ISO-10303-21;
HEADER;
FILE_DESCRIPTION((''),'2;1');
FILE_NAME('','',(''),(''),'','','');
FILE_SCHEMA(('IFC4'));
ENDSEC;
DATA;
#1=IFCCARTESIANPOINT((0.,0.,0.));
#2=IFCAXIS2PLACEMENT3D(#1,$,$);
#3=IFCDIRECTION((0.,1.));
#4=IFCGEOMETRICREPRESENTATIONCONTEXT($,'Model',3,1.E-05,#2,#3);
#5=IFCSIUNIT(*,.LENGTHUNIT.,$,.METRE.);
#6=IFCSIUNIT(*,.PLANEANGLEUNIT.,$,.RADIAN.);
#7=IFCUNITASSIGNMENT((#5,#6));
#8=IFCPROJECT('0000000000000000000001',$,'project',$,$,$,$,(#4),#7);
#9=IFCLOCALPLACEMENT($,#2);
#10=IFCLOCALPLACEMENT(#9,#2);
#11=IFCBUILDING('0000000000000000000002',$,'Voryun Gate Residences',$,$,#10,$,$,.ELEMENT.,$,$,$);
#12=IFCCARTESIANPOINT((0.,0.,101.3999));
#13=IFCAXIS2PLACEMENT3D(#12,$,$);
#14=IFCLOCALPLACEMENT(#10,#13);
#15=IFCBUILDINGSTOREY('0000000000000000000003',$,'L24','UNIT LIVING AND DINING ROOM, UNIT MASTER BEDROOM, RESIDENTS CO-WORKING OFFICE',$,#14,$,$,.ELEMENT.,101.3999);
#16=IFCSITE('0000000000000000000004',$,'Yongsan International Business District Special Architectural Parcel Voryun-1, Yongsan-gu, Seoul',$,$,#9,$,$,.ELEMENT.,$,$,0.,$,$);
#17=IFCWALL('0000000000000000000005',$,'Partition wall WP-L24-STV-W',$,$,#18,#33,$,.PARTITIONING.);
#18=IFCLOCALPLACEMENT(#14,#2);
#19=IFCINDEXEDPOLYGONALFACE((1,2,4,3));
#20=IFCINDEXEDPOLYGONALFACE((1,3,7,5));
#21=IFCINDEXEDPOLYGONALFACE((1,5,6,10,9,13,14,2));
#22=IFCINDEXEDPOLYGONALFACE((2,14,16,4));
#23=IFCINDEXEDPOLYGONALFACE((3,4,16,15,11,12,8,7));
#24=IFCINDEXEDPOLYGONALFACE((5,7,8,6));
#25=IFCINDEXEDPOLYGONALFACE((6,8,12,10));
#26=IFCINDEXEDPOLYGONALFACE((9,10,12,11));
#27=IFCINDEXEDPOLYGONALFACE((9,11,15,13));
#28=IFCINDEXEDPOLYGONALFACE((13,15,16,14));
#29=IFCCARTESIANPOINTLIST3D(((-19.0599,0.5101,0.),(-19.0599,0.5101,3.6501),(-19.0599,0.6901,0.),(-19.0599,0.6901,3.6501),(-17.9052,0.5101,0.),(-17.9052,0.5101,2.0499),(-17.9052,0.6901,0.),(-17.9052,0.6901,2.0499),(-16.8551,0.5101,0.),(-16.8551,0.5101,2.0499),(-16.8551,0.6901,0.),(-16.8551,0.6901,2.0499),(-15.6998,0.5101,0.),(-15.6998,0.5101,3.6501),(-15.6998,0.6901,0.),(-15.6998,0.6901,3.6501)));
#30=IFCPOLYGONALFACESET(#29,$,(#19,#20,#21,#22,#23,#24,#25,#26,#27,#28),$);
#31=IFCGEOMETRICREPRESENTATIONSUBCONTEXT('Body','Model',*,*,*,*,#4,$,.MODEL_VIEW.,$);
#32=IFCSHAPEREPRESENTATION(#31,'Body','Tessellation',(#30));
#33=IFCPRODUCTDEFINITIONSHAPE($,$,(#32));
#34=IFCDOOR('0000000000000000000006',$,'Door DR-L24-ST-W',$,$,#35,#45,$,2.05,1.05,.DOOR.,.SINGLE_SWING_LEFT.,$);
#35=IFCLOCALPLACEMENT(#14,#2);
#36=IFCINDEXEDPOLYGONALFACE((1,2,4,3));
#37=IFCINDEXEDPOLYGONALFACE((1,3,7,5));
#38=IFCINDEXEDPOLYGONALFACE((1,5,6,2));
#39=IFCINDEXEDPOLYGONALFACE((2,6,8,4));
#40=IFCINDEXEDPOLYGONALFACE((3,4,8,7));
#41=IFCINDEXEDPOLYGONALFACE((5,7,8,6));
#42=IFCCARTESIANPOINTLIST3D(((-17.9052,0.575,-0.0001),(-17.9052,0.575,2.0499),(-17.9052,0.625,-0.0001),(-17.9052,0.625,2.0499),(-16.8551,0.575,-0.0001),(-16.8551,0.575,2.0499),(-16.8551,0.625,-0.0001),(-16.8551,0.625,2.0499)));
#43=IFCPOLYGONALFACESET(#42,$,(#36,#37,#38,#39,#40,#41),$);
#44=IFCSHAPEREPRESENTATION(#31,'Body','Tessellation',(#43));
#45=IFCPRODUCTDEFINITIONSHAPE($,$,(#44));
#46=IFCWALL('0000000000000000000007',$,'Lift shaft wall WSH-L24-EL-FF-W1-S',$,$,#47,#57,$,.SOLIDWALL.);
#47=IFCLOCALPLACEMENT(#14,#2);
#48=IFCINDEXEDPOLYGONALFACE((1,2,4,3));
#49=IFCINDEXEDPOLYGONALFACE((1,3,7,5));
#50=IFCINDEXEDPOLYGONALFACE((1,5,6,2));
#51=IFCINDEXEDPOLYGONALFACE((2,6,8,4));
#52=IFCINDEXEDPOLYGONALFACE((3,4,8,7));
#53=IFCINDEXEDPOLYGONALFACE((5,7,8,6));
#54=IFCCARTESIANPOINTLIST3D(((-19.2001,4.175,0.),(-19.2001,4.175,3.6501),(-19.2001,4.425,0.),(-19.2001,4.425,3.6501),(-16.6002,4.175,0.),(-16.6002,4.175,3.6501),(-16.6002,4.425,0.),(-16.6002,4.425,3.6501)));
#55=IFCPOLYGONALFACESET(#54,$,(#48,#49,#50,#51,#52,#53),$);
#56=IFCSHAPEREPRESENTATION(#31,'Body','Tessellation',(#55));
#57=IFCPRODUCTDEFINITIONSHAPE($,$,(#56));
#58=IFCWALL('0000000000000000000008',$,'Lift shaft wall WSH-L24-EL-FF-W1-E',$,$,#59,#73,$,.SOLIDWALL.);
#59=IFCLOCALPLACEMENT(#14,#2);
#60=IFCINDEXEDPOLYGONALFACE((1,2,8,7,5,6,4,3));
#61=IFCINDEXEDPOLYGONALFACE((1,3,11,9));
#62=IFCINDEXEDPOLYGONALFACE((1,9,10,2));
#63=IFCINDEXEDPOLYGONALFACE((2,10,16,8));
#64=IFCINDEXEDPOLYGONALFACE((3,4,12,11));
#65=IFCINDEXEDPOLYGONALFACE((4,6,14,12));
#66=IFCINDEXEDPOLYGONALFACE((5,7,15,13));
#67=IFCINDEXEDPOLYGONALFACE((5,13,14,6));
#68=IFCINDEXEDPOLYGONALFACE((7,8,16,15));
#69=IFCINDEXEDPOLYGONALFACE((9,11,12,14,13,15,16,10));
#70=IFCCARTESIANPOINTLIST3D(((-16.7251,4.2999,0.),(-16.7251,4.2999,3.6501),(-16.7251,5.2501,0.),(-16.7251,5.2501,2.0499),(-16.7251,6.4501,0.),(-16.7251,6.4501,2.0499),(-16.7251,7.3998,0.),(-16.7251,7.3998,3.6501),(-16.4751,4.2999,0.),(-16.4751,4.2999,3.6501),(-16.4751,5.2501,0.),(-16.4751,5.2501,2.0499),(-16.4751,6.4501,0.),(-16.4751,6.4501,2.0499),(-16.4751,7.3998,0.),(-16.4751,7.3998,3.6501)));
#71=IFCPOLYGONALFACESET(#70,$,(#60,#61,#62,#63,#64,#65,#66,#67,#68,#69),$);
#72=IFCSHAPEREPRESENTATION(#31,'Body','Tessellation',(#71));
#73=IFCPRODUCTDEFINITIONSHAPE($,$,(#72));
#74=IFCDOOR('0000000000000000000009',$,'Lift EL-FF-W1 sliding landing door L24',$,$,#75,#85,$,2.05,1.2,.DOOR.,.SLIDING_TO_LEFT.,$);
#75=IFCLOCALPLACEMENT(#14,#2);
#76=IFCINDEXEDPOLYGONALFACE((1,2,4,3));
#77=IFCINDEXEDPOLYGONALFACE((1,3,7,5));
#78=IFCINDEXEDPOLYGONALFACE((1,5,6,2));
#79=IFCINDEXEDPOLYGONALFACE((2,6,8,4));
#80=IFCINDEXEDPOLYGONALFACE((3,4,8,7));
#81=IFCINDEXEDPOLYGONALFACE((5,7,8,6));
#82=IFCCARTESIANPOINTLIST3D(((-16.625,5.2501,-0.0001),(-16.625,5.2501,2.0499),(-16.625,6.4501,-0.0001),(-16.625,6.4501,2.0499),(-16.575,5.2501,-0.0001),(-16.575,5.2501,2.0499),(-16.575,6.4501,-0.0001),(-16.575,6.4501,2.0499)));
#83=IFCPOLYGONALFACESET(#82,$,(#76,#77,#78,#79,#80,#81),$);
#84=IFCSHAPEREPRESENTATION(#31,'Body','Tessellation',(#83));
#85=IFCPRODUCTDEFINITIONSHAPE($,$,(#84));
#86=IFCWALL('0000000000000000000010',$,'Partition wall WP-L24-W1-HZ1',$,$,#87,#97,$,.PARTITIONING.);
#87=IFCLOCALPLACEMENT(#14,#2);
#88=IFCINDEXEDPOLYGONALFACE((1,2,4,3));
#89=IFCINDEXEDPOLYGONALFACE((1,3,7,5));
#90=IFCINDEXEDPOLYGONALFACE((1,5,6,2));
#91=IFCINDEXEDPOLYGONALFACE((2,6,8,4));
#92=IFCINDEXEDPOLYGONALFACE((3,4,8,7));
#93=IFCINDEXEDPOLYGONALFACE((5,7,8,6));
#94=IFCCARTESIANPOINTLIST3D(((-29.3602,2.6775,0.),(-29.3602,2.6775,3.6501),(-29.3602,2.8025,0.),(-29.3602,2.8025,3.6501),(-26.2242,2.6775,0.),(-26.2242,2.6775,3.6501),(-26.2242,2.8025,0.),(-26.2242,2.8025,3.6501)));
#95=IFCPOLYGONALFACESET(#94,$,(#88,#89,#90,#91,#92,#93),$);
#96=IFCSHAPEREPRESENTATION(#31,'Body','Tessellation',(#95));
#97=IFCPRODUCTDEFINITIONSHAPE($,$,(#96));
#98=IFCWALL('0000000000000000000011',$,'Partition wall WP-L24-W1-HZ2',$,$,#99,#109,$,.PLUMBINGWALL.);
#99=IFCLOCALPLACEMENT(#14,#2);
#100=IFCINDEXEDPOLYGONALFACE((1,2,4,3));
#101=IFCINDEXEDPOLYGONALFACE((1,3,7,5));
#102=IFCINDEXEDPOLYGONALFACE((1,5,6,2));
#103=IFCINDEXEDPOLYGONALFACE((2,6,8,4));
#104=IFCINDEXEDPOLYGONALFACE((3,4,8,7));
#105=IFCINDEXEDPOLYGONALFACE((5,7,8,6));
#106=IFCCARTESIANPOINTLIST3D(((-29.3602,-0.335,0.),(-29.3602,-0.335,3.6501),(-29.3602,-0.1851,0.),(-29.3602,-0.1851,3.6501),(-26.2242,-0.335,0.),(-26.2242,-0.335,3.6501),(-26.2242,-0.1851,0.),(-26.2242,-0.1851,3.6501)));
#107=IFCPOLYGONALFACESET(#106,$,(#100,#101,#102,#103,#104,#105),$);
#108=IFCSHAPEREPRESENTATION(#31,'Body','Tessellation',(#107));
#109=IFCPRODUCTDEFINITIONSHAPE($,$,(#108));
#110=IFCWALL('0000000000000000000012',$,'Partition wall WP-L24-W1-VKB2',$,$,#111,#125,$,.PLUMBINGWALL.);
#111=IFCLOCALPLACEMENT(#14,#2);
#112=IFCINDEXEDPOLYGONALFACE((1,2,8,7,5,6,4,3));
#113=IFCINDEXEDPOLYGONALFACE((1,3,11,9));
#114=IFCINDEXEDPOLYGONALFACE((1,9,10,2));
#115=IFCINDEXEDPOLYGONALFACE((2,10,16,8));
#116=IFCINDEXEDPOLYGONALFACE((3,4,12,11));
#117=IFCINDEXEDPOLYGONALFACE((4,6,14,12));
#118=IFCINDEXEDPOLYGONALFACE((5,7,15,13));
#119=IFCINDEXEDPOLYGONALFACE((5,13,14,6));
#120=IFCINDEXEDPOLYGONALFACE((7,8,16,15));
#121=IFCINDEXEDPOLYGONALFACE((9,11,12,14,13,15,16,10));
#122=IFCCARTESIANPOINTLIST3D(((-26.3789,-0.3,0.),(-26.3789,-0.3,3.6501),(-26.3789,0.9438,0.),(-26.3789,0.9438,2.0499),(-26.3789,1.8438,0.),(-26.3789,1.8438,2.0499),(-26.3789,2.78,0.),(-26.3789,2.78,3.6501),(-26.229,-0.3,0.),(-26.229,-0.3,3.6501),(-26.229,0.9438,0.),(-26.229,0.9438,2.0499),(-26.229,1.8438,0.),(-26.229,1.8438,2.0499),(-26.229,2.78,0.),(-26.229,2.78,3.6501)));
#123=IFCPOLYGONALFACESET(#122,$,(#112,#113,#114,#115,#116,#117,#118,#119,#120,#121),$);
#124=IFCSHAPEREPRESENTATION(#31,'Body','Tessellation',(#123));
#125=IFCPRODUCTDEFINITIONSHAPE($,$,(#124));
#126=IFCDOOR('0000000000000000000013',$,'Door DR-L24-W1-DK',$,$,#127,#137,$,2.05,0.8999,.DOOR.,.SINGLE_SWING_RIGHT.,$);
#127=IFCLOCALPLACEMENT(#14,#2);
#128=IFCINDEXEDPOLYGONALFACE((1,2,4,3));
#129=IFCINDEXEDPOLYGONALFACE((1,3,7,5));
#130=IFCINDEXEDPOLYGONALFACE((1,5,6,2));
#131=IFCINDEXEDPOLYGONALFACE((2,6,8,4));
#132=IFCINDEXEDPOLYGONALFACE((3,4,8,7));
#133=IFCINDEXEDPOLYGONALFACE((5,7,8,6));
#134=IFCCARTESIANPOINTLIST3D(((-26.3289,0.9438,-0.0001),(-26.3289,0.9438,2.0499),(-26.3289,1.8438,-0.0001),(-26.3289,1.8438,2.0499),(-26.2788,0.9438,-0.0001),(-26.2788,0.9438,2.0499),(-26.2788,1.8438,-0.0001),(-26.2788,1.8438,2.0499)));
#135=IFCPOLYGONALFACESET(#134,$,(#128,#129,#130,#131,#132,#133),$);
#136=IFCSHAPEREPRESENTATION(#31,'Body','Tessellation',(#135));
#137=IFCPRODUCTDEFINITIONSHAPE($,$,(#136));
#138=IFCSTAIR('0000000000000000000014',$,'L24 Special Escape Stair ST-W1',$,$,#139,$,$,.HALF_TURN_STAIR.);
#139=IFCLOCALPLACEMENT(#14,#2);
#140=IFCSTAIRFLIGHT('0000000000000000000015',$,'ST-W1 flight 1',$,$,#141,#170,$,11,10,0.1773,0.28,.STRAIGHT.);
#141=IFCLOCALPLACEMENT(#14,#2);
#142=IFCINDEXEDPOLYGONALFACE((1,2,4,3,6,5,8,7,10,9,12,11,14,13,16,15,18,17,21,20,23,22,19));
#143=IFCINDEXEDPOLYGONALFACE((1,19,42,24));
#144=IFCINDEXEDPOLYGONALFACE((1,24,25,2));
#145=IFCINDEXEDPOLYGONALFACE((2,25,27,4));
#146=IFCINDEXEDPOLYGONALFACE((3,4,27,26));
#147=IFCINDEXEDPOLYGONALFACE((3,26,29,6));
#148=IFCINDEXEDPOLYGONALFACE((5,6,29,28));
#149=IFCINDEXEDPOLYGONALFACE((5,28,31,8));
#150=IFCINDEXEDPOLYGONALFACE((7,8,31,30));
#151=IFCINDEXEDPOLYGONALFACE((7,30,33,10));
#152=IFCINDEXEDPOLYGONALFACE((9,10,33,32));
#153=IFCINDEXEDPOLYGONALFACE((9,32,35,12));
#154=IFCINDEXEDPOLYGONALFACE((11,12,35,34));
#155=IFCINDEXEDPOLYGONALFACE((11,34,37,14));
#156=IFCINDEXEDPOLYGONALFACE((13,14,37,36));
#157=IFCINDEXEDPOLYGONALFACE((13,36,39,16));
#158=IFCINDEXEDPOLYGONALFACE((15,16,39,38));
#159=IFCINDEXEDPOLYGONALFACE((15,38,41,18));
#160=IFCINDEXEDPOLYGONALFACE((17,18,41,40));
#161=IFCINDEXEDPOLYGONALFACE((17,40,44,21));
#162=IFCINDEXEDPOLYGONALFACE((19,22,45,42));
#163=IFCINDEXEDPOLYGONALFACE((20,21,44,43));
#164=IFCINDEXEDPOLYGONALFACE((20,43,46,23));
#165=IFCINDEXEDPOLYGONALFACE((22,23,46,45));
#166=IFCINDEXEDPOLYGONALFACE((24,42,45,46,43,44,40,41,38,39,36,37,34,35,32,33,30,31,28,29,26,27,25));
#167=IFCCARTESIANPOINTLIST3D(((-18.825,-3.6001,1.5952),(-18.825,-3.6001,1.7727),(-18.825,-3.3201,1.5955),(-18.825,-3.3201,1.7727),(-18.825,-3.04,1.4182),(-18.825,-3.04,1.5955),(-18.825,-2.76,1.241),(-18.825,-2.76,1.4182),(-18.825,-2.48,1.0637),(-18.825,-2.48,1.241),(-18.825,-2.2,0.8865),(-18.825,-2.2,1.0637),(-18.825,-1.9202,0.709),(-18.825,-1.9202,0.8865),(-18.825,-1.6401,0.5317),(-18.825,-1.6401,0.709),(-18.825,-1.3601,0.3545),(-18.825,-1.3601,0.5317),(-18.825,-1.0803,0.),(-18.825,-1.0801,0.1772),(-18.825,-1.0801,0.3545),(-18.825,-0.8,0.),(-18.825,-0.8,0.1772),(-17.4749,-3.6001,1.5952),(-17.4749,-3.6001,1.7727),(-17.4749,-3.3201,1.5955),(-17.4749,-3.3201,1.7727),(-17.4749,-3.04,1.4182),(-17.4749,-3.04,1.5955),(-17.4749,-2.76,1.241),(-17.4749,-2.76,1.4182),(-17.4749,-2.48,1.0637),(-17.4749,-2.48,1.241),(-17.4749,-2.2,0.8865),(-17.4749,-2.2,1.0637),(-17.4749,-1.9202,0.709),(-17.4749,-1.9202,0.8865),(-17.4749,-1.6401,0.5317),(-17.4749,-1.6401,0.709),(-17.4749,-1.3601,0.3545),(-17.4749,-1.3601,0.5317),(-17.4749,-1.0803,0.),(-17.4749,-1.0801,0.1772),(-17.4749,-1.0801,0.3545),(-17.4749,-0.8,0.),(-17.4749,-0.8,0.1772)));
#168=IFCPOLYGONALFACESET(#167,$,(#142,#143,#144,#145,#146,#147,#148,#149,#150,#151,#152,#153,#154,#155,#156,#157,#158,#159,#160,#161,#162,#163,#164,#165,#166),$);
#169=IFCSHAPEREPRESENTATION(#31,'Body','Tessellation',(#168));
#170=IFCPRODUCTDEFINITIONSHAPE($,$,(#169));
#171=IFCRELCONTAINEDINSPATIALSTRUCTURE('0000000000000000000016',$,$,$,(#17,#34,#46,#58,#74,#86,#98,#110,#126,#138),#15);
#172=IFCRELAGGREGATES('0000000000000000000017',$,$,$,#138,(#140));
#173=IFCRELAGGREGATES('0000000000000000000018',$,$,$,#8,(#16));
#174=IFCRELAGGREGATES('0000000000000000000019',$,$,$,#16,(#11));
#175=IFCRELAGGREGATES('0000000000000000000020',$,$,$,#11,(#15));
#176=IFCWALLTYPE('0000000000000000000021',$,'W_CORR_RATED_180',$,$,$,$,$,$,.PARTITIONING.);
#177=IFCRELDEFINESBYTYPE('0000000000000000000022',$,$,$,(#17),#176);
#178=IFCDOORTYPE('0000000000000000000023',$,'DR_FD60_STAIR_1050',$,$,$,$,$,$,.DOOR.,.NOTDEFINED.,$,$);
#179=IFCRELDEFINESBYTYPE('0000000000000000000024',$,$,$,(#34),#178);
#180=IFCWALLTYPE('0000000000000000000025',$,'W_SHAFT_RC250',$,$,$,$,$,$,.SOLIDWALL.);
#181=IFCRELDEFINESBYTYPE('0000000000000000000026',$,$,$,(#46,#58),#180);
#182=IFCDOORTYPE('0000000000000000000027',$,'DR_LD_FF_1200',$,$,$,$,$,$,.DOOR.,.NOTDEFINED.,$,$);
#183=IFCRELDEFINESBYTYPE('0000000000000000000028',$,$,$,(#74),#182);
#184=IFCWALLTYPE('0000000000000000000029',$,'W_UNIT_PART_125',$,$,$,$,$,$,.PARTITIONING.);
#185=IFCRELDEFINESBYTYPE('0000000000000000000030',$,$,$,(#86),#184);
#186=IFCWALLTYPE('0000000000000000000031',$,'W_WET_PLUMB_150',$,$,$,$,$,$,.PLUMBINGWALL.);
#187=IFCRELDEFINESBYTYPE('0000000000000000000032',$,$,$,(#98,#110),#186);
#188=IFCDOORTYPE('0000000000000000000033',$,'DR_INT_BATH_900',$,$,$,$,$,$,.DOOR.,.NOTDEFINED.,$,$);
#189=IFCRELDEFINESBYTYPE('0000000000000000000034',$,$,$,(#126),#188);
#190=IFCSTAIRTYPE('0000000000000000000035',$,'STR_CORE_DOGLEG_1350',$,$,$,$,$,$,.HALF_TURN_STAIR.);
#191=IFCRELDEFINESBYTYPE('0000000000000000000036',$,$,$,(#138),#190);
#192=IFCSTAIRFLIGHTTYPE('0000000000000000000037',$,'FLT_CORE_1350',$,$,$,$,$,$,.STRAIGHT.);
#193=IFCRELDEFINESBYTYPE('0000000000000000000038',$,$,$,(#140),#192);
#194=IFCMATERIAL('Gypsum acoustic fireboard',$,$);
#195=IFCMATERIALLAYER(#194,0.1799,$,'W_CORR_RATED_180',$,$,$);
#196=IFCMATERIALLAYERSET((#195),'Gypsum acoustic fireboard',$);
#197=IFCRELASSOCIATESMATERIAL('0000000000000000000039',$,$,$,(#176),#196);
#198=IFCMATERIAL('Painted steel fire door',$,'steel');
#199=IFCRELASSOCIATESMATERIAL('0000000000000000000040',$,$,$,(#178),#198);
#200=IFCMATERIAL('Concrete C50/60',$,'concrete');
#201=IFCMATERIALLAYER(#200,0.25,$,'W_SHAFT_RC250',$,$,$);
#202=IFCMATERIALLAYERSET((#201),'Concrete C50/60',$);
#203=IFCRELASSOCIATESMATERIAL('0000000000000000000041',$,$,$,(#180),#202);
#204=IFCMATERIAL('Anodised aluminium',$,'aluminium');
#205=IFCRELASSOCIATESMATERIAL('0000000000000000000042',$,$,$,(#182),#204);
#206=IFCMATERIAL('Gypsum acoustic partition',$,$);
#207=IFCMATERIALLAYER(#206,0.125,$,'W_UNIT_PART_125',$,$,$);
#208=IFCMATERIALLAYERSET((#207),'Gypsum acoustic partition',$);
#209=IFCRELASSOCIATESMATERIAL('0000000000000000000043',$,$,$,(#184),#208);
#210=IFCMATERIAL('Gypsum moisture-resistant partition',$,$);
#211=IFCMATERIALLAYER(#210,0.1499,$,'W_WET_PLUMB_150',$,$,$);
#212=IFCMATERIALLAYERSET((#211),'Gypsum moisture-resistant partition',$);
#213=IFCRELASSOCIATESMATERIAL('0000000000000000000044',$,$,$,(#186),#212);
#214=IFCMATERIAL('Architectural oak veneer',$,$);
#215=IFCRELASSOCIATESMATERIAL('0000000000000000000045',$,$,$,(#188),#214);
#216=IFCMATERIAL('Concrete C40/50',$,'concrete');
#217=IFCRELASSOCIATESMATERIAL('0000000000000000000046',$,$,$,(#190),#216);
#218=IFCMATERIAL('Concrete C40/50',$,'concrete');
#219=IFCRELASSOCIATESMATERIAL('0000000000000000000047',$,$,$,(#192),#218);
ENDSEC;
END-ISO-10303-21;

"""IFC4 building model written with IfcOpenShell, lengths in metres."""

from ifc_helpers import new_model, si_unit, direction, frame, frame_2d, origin, place, context, subcontext, project, spatial, polyline, rectangle, outline, extrude, material, layer, layer_set, type_object, element, fill, aggregate, save


model = new_model("IFC4")

# Units and contexts
model_context = context("Model", 3, precision=1e-05, world=origin(), true_north=direction((0.0, 1.0)))
body_context = subcontext(model_context, "Body", "Model", "MODEL_VIEW")
ifc_project = project(units=[si_unit("LENGTHUNIT", "METRE"), si_unit("PLANEANGLEUNIT", "RADIAN")], contexts=[model_context])

# Site, building, storey
site_placement = place(None, origin())
site = spatial("IfcSite", under=ifc_project, at=site_placement, Name="Yongsan International Business District Special Architectural Parcel Voryun-1, Yongsan-gu, Seoul", CompositionType="ELEMENT", RefElevation=0.0)
building_placement = place(site_placement, origin())
building = spatial("IfcBuilding", under=site, at=building_placement, Name="Voryun Gate Residences", CompositionType="ELEMENT")
storey_placement = place(building_placement, frame((0.0, 0.0, 101.3999)))
storey = spatial("IfcBuildingStorey", under=building, at=storey_placement, Name="L24", Description="UNIT LIVING AND DINING ROOM, UNIT MASTER BEDROOM, RESIDENTS CO-WORKING OFFICE", CompositionType="ELEMENT", Elevation=101.3999)

# Wall, opening, door
ifc_material_1 = material(Name="Gypsum acoustic fireboard")
ifc_layer_1 = layer(ifc_material_1, 0.1799, Name="W_CORR_RATED_180")
ifc_layer_set_1 = layer_set([ifc_layer_1], Name="Gypsum acoustic fireboard")
wall_type_1 = type_object("IfcWallType", Name="W_CORR_RATED_180", PredefinedType="PARTITIONING", material=ifc_layer_set_1)
wall_1_placement = place(storey_placement, frame((-19.0601, 0.6001, 0.0), z_axis=(0.0, 0.0, 1.0), x_axis=(1.0, 0.0, 0.0)))
wall_1 = element("IfcWall", 1, at=wall_1_placement, inside=storey, type_object=wall_type_1, Name="Partition wall WP-L24-STV-W", PredefinedType="PARTITIONING", context=body_context, shape_type="SweptSolid", body=[
    extrude(rectangle(XDim=3.3601, YDim=0.1799, at=frame_2d((1.6802, 0.0))), origin(), (0.0, 0.0, 1.0), 3.6501),
])
opening_1_placement = place(wall_1_placement, frame((1.155, 0.0, 0.0)))
opening_1 = element("IfcOpeningElement", 2, at=opening_1_placement, cuts=wall_1, PredefinedType="OPENING", context=body_context, shape_type="SweptSolid", body=[
    extrude(rectangle(XDim=1.05, YDim=2.05, at=frame_2d((0.5249, 1.0249))), frame((0.0, 0.0999, 0.0), z_axis=(0.0, -1.0, 0.0), x_axis=(1.0, 0.0, 0.0)), (0.0, 0.0, 1.0), 0.2),
])
ifc_material_2 = material(Name="Painted steel fire door", Category="steel")
door_type_1 = type_object("IfcDoorType", Name="DR_FD60_STAIR_1050", OperationType="NOTDEFINED", PredefinedType="DOOR", material=ifc_material_2)
door_1_placement = place(opening_1_placement, origin())
door_1 = element("IfcDoor", 3, at=door_1_placement, inside=storey, type_object=door_type_1, Name="Door DR-L24-ST-W", OperationType="SINGLE_SWING_LEFT", OverallHeight=2.05, OverallWidth=1.05, PredefinedType="DOOR", context=body_context, shape_type="SweptSolid", body=[
    extrude(rectangle(XDim=1.05, YDim=2.05, at=frame_2d((0.5249, 1.0249))), frame((0.0, 0.0249, 0.0), z_axis=(0.0, -1.0, 0.0), x_axis=(1.0, 0.0, 0.0)), (0.0, 0.0, 1.0), 0.05),
])
fill(opening_1, door_1)

# Wall
ifc_material_3 = material(Name="Concrete C50/60", Category="concrete")
ifc_layer_2 = layer(ifc_material_3, 0.25, Name="W_SHAFT_RC250")
ifc_layer_set_2 = layer_set([ifc_layer_2], Name="Concrete C50/60")
wall_type_2 = type_object("IfcWallType", Name="W_SHAFT_RC250", PredefinedType="SOLIDWALL", material=ifc_layer_set_2)
wall_2_placement = place(storey_placement, frame((-19.2, 4.3, 0.0), z_axis=(0.0, 0.0, 1.0), x_axis=(1.0, 0.0, 0.0)))
element("IfcWall", 4, at=wall_2_placement, inside=storey, type_object=wall_type_2, Name="Lift shaft wall WSH-L24-EL-FF-W1-S", PredefinedType="SOLIDWALL", context=body_context, shape_type="SweptSolid", body=[
    extrude(rectangle(XDim=2.5999, YDim=0.25, at=frame_2d((1.2998, 0.0))), origin(), (0.0, 0.0, 1.0), 3.6501),
])

# Wall, opening, door
wall_3_placement = place(storey_placement, frame((-16.6001, 4.3, 0.0), z_axis=(0.0, 0.0, 1.0), x_axis=(0.0, 1.0, 0.0)))
wall_3 = element("IfcWall", 5, at=wall_3_placement, inside=storey, type_object=wall_type_2, Name="Lift shaft wall WSH-L24-EL-FF-W1-E", PredefinedType="SOLIDWALL", context=body_context, shape_type="SweptSolid", body=[
    extrude(rectangle(XDim=3.0999, YDim=0.25, at=frame_2d((1.5498, 0.0))), origin(), (0.0, 0.0, 1.0), 3.6501),
])
opening_2_placement = place(wall_3_placement, frame((0.95, 0.0, 0.0)))
opening_2 = element("IfcOpeningElement", 6, at=opening_2_placement, cuts=wall_3, PredefinedType="OPENING", context=body_context, shape_type="SweptSolid", body=[
    extrude(rectangle(XDim=1.2, YDim=2.05, at=frame_2d((0.6001, 1.0249))), frame((0.0, 0.135, 0.0), z_axis=(0.0, -1.0, 0.0), x_axis=(1.0, 0.0, 0.0)), (0.0, 0.0, 1.0), 0.27),
])
ifc_material_4 = material(Name="Anodised aluminium", Category="aluminium")
door_type_2 = type_object("IfcDoorType", Name="DR_LD_FF_1200", OperationType="NOTDEFINED", PredefinedType="DOOR", material=ifc_material_4)
door_2_placement = place(opening_2_placement, origin())
door_2 = element("IfcDoor", 7, at=door_2_placement, inside=storey, type_object=door_type_2, Name="Lift EL-FF-W1 sliding landing door L24", OperationType="SLIDING_TO_LEFT", OverallHeight=2.05, OverallWidth=1.2, PredefinedType="DOOR", context=body_context, shape_type="SweptSolid", body=[
    extrude(rectangle(XDim=1.2, YDim=2.05, at=frame_2d((0.6001, 1.0249))), frame((0.0, 0.0249, 0.0), z_axis=(0.0, -1.0, 0.0), x_axis=(1.0, 0.0, 0.0)), (0.0, 0.0, 1.0), 0.05),
])
fill(opening_2, door_2)

# Walls
ifc_material_5 = material(Name="Gypsum acoustic partition")
ifc_layer_3 = layer(ifc_material_5, 0.125, Name="W_UNIT_PART_125")
ifc_layer_set_3 = layer_set([ifc_layer_3], Name="Gypsum acoustic partition")
wall_type_3 = type_object("IfcWallType", Name="W_UNIT_PART_125", PredefinedType="PARTITIONING", material=ifc_layer_set_3)
wall_4_placement = place(storey_placement, frame((-29.3601, 2.74, 0.0), z_axis=(0.0, 0.0, 1.0), x_axis=(1.0, 0.0, 0.0)))
element("IfcWall", 8, at=wall_4_placement, inside=storey, type_object=wall_type_3, Name="Partition wall WP-L24-W1-HZ1", PredefinedType="PARTITIONING", context=body_context, shape_type="SweptSolid", body=[
    extrude(rectangle(XDim=3.136, YDim=0.125, at=frame_2d((1.5679, 0.0))), origin(), (0.0, 0.0, 1.0), 3.6501),
])
ifc_material_6 = material(Name="Gypsum moisture-resistant partition")
ifc_layer_4 = layer(ifc_material_6, 0.1499, Name="W_WET_PLUMB_150")
ifc_layer_set_4 = layer_set([ifc_layer_4], Name="Gypsum moisture-resistant partition")
wall_type_4 = type_object("IfcWallType", Name="W_WET_PLUMB_150", PredefinedType="PLUMBINGWALL", material=ifc_layer_set_4)
wall_5_placement = place(storey_placement, frame((-29.3601, -0.26, 0.0), z_axis=(0.0, 0.0, 1.0), x_axis=(1.0, 0.0, 0.0)))
element("IfcWall", 9, at=wall_5_placement, inside=storey, type_object=wall_type_4, Name="Partition wall WP-L24-W1-HZ2", PredefinedType="PLUMBINGWALL", context=body_context, shape_type="SweptSolid", body=[
    extrude(rectangle(XDim=3.136, YDim=0.1499, at=frame_2d((1.5679, 0.0))), origin(), (0.0, 0.0, 1.0), 3.6501),
])

# Wall, opening, door
wall_6_placement = place(storey_placement, frame((-26.304, -0.3, 0.0), z_axis=(0.0, 0.0, 1.0), x_axis=(0.0, 1.0, 0.0)))
wall_6 = element("IfcWall", 10, at=wall_6_placement, inside=storey, type_object=wall_type_4, Name="Partition wall WP-L24-W1-VKB2", PredefinedType="PLUMBINGWALL", context=body_context, shape_type="SweptSolid", body=[
    extrude(rectangle(XDim=3.0801, YDim=0.1499, at=frame_2d((1.54, 0.0))), origin(), (0.0, 0.0, 1.0), 3.6501),
])
opening_3_placement = place(wall_6_placement, frame((1.2439, 0.0, 0.0)))
opening_3 = element("IfcOpeningElement", 11, at=opening_3_placement, cuts=wall_6, PredefinedType="OPENING", context=body_context, shape_type="SweptSolid", body=[
    extrude(rectangle(XDim=0.8999, YDim=2.05, at=frame_2d((0.45, 1.0249))), frame((0.0, 0.085, 0.0), z_axis=(0.0, -1.0, 0.0), x_axis=(1.0, 0.0, 0.0)), (0.0, 0.0, 1.0), 0.1699),
])
ifc_material_7 = material(Name="Architectural oak veneer")
door_type_3 = type_object("IfcDoorType", Name="DR_INT_BATH_900", OperationType="NOTDEFINED", PredefinedType="DOOR", material=ifc_material_7)
door_3_placement = place(opening_3_placement, origin())
door_3 = element("IfcDoor", 12, at=door_3_placement, inside=storey, type_object=door_type_3, Name="Door DR-L24-W1-DK", OperationType="SINGLE_SWING_RIGHT", OverallHeight=2.05, OverallWidth=0.8999, PredefinedType="DOOR", context=body_context, shape_type="SweptSolid", body=[
    extrude(rectangle(XDim=0.8999, YDim=2.05, at=frame_2d((0.45, 1.0249))), frame((0.0, 0.0249, 0.0), z_axis=(0.0, -1.0, 0.0), x_axis=(1.0, 0.0, 0.0)), (0.0, 0.0, 1.0), 0.05),
])
fill(opening_3, door_3)

# Stair, stair flight
ifc_material_8 = material(Name="Concrete C40/50", Category="concrete")
stair_type = type_object("IfcStairType", Name="STR_CORE_DOGLEG_1350", PredefinedType="HALF_TURN_STAIR", material=ifc_material_8)
stair_placement = place(storey_placement, origin())
stair = element("IfcStair", 13, at=stair_placement, inside=storey, type_object=stair_type, Name="L24 Special Escape Stair ST-W1", PredefinedType="HALF_TURN_STAIR")
ifc_material_9 = material(Name="Concrete C40/50", Category="concrete")
stair_flight_type = type_object("IfcStairFlightType", Name="FLT_CORE_1350", PredefinedType="STRAIGHT", material=ifc_material_9)
stair_flight_placement = place(storey_placement, frame((-18.1499, -0.8, 0.0), z_axis=(0.0, 0.0, 1.0), x_axis=(0.0, -1.0, 0.0)))
stair_flight = element("IfcStairFlight", 14, at=stair_flight_placement, type_object=stair_flight_type, Name="ST-W1 flight 1", NumberOfRisers=11, NumberOfTreads=10, PredefinedType="STRAIGHT", RiserHeight=0.1773, TreadLength=0.28, context=body_context, shape_type="SweptSolid", body=[
    extrude(outline(polyline([(0.0, 0.0), (0.0, 0.1772), (0.28, 0.1772), (0.28, 0.3545), (0.5601, 0.3545), (0.5601, 0.5317), (0.8401, 0.5317), (0.8401, 0.709), (1.1201, 0.709), (1.1201, 0.8865), (1.3999, 0.8865), (1.3999, 1.0637), (1.6799, 1.0637), (1.6799, 1.241), (1.96, 1.241), (1.96, 1.4182), (2.24, 1.4182), (2.24, 1.5955), (2.52, 1.5955), (2.52, 1.7727), (2.8, 1.7727), (2.8, 1.95), (2.8, 1.5952), (0.2803, 0.0), (0.0, 0.0)])), frame((0.0, 0.675, 0.0), z_axis=(0.0, -1.0, 0.0), x_axis=(1.0, 0.0, 0.0)), (0.0, 0.0, 1.0), 1.3501),
])
aggregate(stair, [stair_flight])

save(model, "model.ifc")
